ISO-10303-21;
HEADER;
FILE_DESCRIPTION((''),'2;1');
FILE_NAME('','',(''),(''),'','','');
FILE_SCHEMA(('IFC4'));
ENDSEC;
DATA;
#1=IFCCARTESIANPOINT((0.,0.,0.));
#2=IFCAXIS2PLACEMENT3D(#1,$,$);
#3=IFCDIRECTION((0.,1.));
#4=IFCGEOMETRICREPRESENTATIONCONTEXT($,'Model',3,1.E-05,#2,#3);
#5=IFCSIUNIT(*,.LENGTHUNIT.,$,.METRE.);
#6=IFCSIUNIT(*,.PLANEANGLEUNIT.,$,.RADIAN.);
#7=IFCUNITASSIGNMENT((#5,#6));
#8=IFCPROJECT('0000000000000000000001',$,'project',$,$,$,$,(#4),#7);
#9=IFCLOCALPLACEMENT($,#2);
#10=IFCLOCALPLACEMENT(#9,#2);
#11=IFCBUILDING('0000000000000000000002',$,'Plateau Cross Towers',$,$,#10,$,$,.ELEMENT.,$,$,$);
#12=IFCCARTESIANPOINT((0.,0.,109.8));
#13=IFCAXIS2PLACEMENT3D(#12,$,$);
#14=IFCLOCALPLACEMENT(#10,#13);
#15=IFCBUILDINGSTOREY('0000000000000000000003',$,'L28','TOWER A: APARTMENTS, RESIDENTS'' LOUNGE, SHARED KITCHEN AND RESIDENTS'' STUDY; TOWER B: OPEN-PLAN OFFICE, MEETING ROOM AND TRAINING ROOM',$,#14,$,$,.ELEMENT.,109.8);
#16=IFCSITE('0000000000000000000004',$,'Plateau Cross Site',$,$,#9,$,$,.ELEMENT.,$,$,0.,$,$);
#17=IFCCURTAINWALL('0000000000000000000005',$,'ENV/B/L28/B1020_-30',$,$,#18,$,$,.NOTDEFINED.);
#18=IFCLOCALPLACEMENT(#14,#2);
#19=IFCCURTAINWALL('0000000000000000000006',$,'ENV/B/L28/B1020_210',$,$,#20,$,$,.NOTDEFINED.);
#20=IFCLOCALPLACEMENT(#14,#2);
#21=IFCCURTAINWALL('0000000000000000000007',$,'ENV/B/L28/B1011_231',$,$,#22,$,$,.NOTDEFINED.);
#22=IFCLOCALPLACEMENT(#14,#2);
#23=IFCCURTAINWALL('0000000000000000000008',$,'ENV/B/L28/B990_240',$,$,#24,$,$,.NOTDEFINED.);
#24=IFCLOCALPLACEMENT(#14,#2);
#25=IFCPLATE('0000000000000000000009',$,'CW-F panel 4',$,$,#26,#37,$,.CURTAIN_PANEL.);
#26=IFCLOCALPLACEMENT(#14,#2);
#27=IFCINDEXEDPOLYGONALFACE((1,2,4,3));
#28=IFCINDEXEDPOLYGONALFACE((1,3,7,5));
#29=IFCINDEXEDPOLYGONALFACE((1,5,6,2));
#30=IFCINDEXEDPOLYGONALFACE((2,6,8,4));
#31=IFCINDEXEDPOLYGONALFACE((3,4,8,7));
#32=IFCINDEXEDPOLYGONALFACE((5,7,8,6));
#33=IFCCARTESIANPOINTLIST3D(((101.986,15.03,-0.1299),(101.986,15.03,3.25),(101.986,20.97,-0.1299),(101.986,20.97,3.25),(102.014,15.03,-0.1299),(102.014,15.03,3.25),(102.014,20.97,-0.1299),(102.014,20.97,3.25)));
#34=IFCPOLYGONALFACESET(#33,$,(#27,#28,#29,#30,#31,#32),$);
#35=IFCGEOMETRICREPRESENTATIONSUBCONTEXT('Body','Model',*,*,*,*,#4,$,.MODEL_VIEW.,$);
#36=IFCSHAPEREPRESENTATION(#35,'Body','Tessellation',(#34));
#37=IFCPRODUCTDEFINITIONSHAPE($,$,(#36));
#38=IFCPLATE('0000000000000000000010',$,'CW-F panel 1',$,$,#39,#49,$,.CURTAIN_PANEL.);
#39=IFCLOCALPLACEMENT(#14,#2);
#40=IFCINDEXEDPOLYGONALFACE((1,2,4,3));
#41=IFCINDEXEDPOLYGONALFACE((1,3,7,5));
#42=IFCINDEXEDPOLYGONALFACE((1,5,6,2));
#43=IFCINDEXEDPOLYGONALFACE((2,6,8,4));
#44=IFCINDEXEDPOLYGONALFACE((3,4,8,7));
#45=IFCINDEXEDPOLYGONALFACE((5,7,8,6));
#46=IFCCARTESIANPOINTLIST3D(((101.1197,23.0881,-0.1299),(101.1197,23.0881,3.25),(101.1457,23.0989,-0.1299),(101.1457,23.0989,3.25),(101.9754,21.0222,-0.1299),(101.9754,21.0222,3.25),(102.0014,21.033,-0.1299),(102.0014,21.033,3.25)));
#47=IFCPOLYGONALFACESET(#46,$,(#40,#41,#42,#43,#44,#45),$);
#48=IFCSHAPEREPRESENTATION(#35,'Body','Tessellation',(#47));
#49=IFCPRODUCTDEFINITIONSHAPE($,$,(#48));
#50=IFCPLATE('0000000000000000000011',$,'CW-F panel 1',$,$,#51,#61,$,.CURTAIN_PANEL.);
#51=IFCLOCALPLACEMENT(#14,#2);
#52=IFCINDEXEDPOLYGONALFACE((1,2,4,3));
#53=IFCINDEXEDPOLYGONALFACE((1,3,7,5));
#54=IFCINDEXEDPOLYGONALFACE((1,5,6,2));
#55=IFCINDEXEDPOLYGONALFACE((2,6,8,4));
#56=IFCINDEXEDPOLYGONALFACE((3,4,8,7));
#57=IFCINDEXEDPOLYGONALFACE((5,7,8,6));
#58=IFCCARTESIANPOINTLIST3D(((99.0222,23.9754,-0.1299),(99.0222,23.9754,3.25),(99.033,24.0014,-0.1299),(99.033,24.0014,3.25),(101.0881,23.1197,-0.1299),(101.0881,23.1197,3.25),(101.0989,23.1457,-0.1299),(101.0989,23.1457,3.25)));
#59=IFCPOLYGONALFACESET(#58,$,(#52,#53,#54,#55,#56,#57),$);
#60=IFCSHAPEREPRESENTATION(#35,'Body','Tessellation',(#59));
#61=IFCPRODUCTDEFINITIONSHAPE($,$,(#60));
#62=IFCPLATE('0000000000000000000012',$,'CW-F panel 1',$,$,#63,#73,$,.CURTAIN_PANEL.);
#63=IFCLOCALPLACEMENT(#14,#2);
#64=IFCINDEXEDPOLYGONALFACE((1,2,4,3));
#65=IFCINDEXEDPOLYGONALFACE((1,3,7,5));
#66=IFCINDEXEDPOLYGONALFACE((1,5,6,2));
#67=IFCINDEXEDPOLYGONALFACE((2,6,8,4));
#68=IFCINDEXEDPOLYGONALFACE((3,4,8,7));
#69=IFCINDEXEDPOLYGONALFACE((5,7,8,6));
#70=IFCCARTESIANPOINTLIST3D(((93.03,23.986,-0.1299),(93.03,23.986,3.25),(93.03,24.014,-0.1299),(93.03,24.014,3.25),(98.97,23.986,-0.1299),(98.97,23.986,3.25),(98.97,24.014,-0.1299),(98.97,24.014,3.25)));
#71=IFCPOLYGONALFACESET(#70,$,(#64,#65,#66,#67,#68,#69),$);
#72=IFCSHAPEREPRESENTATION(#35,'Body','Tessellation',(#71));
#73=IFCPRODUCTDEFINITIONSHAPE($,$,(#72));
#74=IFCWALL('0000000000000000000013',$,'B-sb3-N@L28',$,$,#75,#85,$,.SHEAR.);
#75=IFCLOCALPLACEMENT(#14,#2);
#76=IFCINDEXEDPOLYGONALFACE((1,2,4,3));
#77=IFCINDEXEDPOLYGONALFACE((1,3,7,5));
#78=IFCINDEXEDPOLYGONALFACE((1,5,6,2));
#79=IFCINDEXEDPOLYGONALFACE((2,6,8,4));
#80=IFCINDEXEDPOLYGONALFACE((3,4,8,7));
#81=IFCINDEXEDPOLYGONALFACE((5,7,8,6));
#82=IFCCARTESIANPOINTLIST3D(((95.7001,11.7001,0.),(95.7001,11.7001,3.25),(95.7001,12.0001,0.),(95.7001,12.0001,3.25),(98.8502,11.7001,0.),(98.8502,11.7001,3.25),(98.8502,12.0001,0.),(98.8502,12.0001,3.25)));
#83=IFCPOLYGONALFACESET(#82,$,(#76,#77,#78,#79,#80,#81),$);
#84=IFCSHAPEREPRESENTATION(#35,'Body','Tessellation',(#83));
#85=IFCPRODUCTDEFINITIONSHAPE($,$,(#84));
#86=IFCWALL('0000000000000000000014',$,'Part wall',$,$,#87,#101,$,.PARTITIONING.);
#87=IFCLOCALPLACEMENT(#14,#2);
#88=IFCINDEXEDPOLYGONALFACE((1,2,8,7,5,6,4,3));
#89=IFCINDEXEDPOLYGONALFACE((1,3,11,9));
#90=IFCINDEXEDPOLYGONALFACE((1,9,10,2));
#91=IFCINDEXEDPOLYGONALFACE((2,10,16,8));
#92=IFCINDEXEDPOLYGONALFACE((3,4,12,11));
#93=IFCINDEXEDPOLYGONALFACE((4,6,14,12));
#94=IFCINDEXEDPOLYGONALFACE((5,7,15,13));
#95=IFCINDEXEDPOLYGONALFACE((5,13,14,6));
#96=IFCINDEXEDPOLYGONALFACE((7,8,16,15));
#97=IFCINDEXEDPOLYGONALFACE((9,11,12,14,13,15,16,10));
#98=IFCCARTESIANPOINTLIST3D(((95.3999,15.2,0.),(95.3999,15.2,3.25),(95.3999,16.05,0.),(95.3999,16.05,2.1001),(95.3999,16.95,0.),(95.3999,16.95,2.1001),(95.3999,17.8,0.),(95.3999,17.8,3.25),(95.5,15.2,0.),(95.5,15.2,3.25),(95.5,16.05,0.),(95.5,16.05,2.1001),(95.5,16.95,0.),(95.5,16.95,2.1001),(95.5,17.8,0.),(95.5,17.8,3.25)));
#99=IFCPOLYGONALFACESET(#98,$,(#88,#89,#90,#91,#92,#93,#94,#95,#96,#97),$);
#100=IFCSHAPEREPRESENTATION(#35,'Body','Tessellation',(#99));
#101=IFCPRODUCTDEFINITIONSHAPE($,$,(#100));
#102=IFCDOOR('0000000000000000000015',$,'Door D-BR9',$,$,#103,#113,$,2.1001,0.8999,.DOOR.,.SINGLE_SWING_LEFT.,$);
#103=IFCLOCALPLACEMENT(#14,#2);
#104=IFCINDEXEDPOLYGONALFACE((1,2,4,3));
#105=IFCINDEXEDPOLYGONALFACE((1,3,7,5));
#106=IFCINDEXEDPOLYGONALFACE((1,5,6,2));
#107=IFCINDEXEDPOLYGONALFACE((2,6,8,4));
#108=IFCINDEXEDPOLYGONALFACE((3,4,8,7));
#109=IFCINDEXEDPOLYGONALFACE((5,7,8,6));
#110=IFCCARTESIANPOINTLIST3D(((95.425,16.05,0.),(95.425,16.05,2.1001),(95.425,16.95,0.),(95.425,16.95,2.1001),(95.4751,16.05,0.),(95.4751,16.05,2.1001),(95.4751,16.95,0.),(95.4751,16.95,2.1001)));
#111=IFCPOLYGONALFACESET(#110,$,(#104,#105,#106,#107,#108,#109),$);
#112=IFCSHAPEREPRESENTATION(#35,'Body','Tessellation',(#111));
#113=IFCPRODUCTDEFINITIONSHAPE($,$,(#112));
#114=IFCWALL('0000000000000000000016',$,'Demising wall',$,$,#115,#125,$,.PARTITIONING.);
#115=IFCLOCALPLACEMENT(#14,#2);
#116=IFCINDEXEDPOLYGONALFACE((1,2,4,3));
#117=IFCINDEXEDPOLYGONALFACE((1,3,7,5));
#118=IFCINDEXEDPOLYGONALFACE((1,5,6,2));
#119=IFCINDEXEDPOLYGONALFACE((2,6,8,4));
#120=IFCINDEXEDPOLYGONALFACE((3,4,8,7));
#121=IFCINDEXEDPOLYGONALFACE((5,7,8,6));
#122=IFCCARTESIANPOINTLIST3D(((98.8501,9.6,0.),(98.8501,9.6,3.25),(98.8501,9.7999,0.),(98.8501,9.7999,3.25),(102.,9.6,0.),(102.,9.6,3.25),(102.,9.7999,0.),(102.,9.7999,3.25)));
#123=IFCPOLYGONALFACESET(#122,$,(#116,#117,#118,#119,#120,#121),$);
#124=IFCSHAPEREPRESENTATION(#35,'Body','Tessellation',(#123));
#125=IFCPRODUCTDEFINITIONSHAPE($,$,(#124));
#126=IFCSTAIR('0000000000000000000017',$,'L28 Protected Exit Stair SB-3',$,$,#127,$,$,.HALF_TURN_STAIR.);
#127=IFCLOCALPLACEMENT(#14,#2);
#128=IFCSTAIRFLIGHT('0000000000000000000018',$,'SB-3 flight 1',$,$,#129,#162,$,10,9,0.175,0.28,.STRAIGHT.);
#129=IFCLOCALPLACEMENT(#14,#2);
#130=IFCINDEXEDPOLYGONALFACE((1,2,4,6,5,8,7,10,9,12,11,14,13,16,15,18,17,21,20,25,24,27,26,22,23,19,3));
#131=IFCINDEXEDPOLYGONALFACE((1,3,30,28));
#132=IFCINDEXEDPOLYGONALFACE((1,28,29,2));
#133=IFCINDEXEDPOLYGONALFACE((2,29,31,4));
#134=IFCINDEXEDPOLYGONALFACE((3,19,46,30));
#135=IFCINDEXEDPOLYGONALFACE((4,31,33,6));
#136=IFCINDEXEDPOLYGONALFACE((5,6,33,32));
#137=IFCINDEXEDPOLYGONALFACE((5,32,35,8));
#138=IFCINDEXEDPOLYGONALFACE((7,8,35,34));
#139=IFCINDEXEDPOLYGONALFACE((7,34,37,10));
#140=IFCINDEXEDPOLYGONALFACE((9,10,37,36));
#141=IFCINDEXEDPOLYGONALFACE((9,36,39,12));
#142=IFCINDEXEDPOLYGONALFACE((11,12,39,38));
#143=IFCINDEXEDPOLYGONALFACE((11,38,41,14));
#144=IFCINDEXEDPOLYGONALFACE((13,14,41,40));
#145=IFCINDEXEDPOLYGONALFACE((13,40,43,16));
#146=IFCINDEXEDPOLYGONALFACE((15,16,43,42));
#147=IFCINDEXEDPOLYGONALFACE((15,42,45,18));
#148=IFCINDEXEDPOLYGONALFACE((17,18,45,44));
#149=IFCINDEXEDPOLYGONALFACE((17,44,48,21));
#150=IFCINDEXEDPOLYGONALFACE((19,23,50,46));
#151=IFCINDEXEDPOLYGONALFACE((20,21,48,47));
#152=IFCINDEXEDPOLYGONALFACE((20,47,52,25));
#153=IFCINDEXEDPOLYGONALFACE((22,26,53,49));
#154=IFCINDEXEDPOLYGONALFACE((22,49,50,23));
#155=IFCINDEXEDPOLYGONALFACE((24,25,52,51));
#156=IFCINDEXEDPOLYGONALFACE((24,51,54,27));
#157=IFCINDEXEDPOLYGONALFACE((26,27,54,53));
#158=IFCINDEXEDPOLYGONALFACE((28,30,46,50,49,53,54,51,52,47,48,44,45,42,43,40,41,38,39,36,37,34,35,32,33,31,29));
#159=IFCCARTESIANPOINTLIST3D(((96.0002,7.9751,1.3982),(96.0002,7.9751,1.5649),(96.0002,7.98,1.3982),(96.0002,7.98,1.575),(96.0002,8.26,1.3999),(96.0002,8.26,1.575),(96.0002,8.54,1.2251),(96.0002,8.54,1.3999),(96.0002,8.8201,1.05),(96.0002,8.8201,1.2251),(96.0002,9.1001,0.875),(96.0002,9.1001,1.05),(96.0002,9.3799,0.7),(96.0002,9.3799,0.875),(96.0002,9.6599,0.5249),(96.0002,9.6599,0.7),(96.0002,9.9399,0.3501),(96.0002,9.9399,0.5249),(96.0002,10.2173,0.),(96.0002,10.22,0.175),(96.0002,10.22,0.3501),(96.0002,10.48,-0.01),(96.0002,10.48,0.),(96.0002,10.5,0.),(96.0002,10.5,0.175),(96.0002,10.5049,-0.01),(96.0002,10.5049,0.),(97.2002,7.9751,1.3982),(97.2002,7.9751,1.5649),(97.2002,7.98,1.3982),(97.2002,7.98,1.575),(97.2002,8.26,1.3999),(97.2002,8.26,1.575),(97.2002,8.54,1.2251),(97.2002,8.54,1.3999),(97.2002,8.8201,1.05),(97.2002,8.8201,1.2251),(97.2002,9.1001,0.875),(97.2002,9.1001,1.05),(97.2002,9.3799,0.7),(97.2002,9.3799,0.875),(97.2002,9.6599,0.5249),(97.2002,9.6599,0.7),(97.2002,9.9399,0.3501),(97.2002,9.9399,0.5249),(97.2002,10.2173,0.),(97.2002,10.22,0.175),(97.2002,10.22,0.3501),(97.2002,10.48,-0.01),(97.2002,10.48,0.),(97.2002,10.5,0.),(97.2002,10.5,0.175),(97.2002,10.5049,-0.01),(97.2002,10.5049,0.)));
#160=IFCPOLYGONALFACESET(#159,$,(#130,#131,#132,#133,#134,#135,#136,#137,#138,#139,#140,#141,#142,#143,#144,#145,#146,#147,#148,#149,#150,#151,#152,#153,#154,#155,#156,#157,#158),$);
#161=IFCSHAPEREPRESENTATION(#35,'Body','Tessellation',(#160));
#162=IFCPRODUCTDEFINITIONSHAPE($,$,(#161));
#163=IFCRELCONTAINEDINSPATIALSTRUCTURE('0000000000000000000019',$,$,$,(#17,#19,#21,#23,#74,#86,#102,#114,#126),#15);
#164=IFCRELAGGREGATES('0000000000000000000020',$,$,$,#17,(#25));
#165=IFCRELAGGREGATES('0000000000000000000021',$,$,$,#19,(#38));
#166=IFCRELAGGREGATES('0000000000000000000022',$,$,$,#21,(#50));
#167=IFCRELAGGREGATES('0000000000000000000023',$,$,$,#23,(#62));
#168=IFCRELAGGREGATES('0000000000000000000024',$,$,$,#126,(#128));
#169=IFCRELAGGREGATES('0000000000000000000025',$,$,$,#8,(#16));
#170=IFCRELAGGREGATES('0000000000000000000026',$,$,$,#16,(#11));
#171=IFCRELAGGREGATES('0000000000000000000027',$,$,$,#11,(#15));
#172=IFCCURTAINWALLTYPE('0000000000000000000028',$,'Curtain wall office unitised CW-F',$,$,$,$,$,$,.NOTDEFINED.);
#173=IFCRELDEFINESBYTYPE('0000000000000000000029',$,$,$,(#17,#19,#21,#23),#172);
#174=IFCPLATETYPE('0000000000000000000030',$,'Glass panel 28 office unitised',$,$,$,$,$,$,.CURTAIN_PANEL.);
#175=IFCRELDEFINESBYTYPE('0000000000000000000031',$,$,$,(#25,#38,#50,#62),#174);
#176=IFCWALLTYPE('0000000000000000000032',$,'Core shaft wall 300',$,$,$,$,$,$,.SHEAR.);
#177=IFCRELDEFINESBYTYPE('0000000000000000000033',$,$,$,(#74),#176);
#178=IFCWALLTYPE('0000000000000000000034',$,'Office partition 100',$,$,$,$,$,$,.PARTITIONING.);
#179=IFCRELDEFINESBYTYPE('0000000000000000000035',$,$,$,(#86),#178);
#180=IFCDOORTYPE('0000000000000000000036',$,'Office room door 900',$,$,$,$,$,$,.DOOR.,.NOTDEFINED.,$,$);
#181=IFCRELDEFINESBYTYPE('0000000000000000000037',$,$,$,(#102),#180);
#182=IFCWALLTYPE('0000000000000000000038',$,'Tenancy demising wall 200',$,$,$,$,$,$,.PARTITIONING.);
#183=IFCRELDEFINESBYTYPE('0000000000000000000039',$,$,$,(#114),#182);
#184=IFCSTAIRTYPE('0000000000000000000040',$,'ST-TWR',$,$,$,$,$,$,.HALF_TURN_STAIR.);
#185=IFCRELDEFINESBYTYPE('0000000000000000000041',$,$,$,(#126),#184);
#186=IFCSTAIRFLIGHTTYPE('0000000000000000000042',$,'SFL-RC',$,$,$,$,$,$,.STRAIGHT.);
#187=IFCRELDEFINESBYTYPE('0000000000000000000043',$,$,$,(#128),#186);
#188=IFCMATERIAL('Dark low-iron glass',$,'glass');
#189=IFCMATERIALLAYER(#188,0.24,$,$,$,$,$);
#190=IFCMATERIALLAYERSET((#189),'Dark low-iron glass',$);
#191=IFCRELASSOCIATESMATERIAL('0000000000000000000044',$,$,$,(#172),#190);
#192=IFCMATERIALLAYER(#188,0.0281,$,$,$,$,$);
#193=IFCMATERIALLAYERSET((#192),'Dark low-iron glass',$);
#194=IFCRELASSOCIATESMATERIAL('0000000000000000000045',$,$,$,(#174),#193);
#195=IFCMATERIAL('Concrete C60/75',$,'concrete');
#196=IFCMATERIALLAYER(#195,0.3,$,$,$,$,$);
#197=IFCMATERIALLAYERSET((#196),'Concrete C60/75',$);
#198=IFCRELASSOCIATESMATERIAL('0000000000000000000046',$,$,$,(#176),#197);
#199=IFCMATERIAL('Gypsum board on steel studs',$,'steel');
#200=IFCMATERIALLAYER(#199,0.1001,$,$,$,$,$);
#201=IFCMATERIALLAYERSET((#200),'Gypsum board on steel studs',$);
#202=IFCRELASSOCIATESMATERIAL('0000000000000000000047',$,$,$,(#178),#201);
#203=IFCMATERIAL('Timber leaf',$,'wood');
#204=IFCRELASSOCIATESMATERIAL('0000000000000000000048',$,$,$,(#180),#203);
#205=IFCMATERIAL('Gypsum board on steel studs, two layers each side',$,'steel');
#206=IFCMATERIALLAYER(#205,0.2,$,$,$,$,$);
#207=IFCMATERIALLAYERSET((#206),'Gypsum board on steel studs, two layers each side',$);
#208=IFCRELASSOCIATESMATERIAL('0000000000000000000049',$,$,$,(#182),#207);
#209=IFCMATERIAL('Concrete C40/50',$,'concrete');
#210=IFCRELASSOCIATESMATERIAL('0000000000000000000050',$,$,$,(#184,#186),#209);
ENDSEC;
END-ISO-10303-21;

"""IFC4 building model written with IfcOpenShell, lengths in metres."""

from ifc_helpers import new_model, si_unit, direction, frame, frame_2d, origin, origin_2d, place, context, subcontext, project, spatial, polyline, rectangle, outline, extrude, material, layer, layer_set, type_object, element, fill, aggregate, save


model = new_model("IFC4")

# Units and contexts
model_context = context("Model", 3, precision=1e-05, world=origin(), true_north=direction((0.0, 1.0)))
body_context = subcontext(model_context, "Body", "Model", "MODEL_VIEW")
ifc_project = project(units=[si_unit("LENGTHUNIT", "METRE"), si_unit("PLANEANGLEUNIT", "RADIAN")], contexts=[model_context])

# Site, building, storey
site_placement = place(None, origin())
site = spatial("IfcSite", under=ifc_project, at=site_placement, Name="Plateau Cross Site", CompositionType="ELEMENT", RefElevation=0.0)
building_placement = place(site_placement, origin())
building = spatial("IfcBuilding", under=site, at=building_placement, Name="Plateau Cross Towers", CompositionType="ELEMENT")
storey_placement = place(building_placement, frame((0.0, 0.0, 109.8)))
storey = spatial("IfcBuildingStorey", under=building, at=storey_placement, Name="L28", Description="TOWER A: APARTMENTS, RESIDENTS' LOUNGE, SHARED KITCHEN AND RESIDENTS' STUDY; TOWER B: OPEN-PLAN OFFICE, MEETING ROOM AND TRAINING ROOM", CompositionType="ELEMENT", Elevation=109.8)

# Shared definitions
ifc_material_1 = material(Name="Concrete C60/75", Category="concrete")

# Curtain wall
ifc_material_2 = material(Name="Dark low-iron glass", Category="glass")
ifc_layer_1 = layer(ifc_material_2, 0.24)
ifc_layer_set_1 = layer_set([ifc_layer_1], Name="Dark low-iron glass")
curtain_wall_type = type_object("IfcCurtainWallType", Name="Curtain wall office unitised CW-F", PredefinedType="NOTDEFINED", material=ifc_layer_set_1)
curtain_wall_1_placement = place(storey_placement, origin())
curtain_wall_1 = element("IfcCurtainWall", 1, at=curtain_wall_1_placement, inside=storey, type_object=curtain_wall_type, Name="ENV/B/L28/B1020_-30", PredefinedType="NOTDEFINED")

# Curtain walls
curtain_wall_2_placement = place(storey_placement, origin())
curtain_wall_2 = element("IfcCurtainWall", 2, at=curtain_wall_2_placement, inside=storey, type_object=curtain_wall_type, Name="ENV/B/L28/B1020_210", PredefinedType="NOTDEFINED")
curtain_wall_3_placement = place(storey_placement, origin())
curtain_wall_3 = element("IfcCurtainWall", 3, at=curtain_wall_3_placement, inside=storey, type_object=curtain_wall_type, Name="ENV/B/L28/B1011_231", PredefinedType="NOTDEFINED")

# Curtain wall
curtain_wall_4_placement = place(storey_placement, origin())
curtain_wall_4 = element("IfcCurtainWall", 4, at=curtain_wall_4_placement, inside=storey, type_object=curtain_wall_type, Name="ENV/B/L28/B990_240", PredefinedType="NOTDEFINED")

# Plates
ifc_layer_2 = layer(ifc_material_2, 0.0281)
ifc_layer_set_2 = layer_set([ifc_layer_2], Name="Dark low-iron glass")
plate_type = type_object("IfcPlateType", Name="Glass panel 28 office unitised", PredefinedType="CURTAIN_PANEL", material=ifc_layer_set_2)
plate_1_placement = place(storey_placement, frame((102.0, 18.0, -0.1299), z_axis=(0.0, 0.0, 1.0), x_axis=(0.0, 1.0, 0.0)))
plate_1 = element("IfcPlate", 5, at=plate_1_placement, type_object=plate_type, Name="CW-F panel 4", PredefinedType="CURTAIN_PANEL", context=body_context, shape_type="SweptSolid", body=[
    extrude(rectangle(XDim=5.9399, YDim=0.0281, at=origin_2d()), origin(), (0.0, 0.0, 1.0), 3.3799),
])
aggregate(curtain_wall_1, [plate_1])
plate_2_placement = place(storey_placement, frame((101.5605, 22.0605, -0.1299), z_axis=(0.0, 0.0, 1.0), x_axis=(-0.382684, 0.923879, 0.0)))
plate_2 = element("IfcPlate", 6, at=plate_2_placement, type_object=plate_type, Name="CW-F panel 1", PredefinedType="CURTAIN_PANEL", context=body_context, shape_type="SweptSolid", body=[
    extrude(rectangle(XDim=2.2361, YDim=0.0281, at=origin_2d()), origin(), (0.0, 0.0, 1.0), 3.3799),
])
aggregate(curtain_wall_2, [plate_2])
plate_3_placement = place(storey_placement, frame((100.0605, 23.5605, -0.1299), z_axis=(0.0, 0.0, 1.0), x_axis=(-0.923879, 0.382684, 0.0)))
plate_3 = element("IfcPlate", 7, at=plate_3_placement, type_object=plate_type, Name="CW-F panel 1", PredefinedType="CURTAIN_PANEL", context=body_context, shape_type="SweptSolid", body=[
    extrude(rectangle(XDim=2.2361, YDim=0.0281, at=origin_2d()), origin(), (0.0, 0.0, 1.0), 3.3799),
])
aggregate(curtain_wall_3, [plate_3])
plate_4_placement = place(storey_placement, frame((96.0, 24.0, -0.1299), z_axis=(0.0, 0.0, 1.0), x_axis=(-1.0, 0.0, 0.0)))
plate_4 = element("IfcPlate", 8, at=plate_4_placement, type_object=plate_type, Name="CW-F panel 1", PredefinedType="CURTAIN_PANEL", context=body_context, shape_type="SweptSolid", body=[
    extrude(rectangle(XDim=5.9399, YDim=0.0281, at=origin_2d()), origin(), (0.0, 0.0, 1.0), 3.3799),
])
aggregate(curtain_wall_4, [plate_4])

# Wall
ifc_layer_3 = layer(ifc_material_1, 0.3)
ifc_layer_set_3 = layer_set([ifc_layer_3], Name="Concrete C60/75")
wall_type_1 = type_object("IfcWallType", Name="Core shaft wall 300", PredefinedType="SHEAR", material=ifc_layer_set_3)
wall_1_placement = place(storey_placement, frame((95.7, 11.8501, 0.0), z_axis=(0.0, 0.0, 1.0), x_axis=(1.0, 0.0, 0.0)))
element("IfcWall", 9, at=wall_1_placement, inside=storey, type_object=wall_type_1, Name="B-sb3-N@L28", PredefinedType="SHEAR", context=body_context, shape_type="SweptSolid", body=[
    extrude(rectangle(XDim=3.1501, YDim=0.3, at=frame_2d((1.5752, 0.0))), origin(), (0.0, 0.0, 1.0), 3.25),
])

# Wall, opening, door
ifc_material_3 = material(Name="Gypsum board on steel studs", Category="steel")
ifc_layer_4 = layer(ifc_material_3, 0.1001)
ifc_layer_set_4 = layer_set([ifc_layer_4], Name="Gypsum board on steel studs")
wall_type_2 = type_object("IfcWallType", Name="Office partition 100", PredefinedType="PARTITIONING", material=ifc_layer_set_4)
wall_2_placement = place(storey_placement, frame((95.45, 15.2, 0.0), z_axis=(0.0, 0.0, 1.0), x_axis=(0.0, 1.0, 0.0)))
wall_2 = element("IfcWall", 10, at=wall_2_placement, inside=storey, type_object=wall_type_2, Name="Part wall", PredefinedType="PARTITIONING", context=body_context, shape_type="SweptSolid", body=[
    extrude(rectangle(XDim=2.6001, YDim=0.1001, at=frame_2d((1.3, 0.0))), origin(), (0.0, 0.0, 1.0), 3.25),
])
opening_1_placement = place(wall_2_placement, frame((0.8501, 0.0, 0.0)))
opening_1 = element("IfcOpeningElement", 11, at=opening_1_placement, cuts=wall_2, PredefinedType="OPENING", context=body_context, shape_type="SweptSolid", body=[
    extrude(rectangle(XDim=0.8999, YDim=2.1001, at=frame_2d((0.45, 1.05))), frame((0.0, 0.0601, 0.0), z_axis=(0.0, -1.0, 0.0), x_axis=(1.0, 0.0, 0.0)), (0.0, 0.0, 1.0), 0.1201),
])
ifc_material_4 = material(Name="Timber leaf", Category="wood")
door_type_1 = type_object("IfcDoorType", Name="Office room door 900", OperationType="NOTDEFINED", PredefinedType="DOOR", material=ifc_material_4)
door_1_placement = place(opening_1_placement, origin())
door_1 = element("IfcDoor", 12, at=door_1_placement, inside=storey, type_object=door_type_1, Name="Door D-BR9", OperationType="SINGLE_SWING_LEFT", OverallHeight=2.1001, OverallWidth=0.8999, PredefinedType="DOOR", context=body_context, shape_type="SweptSolid", body=[
    extrude(rectangle(XDim=0.8999, YDim=2.1001, at=frame_2d((0.45, 1.05))), frame((0.0, 0.0249, 0.0), z_axis=(0.0, -1.0, 0.0), x_axis=(1.0, 0.0, 0.0)), (0.0, 0.0, 1.0), 0.05),
])
fill(opening_1, door_1)

# Wall
ifc_material_5 = material(Name="Gypsum board on steel studs, two layers each side", Category="steel")
ifc_layer_5 = layer(ifc_material_5, 0.2)
ifc_layer_set_5 = layer_set([ifc_layer_5], Name="Gypsum board on steel studs, two layers each side")
wall_type_3 = type_object("IfcWallType", Name="Tenancy demising wall 200", PredefinedType="PARTITIONING", material=ifc_layer_set_5)
wall_3_placement = place(storey_placement, frame((98.8501, 9.7, 0.0), z_axis=(0.0, 0.0, 1.0), x_axis=(1.0, 0.0, 0.0)))
element("IfcWall", 13, at=wall_3_placement, inside=storey, type_object=wall_type_3, Name="Demising wall", PredefinedType="PARTITIONING", context=body_context, shape_type="SweptSolid", body=[
    extrude(rectangle(XDim=3.1499, YDim=0.2, at=frame_2d((1.575, 0.0))), origin(), (0.0, 0.0, 1.0), 3.25),
])

# Stair, stair flight
ifc_material_6 = material(Name="Concrete C40/50", Category="concrete")
stair_type = type_object("IfcStairType", Name="ST-TWR", PredefinedType="HALF_TURN_STAIR", material=ifc_material_6)
stair_placement = place(storey_placement, origin())
stair = element("IfcStair", 14, at=stair_placement, inside=storey, type_object=stair_type, Name="L28 Protected Exit Stair SB-3", PredefinedType="HALF_TURN_STAIR")
stair_flight_type = type_object("IfcStairFlightType", Name="SFL-RC", PredefinedType="STRAIGHT", material=ifc_material_6)
stair_flight_1_placement = place(storey_placement, frame((96.6001, 10.5, 0.0), z_axis=(0.0, 0.0, 1.0), x_axis=(0.0, -1.0, 0.0)))
stair_flight_1 = element("IfcStairFlight", 15, at=stair_flight_1_placement, type_object=stair_flight_type, Name="SB-3 flight 1", NumberOfRisers=10, NumberOfTreads=9, PredefinedType="STRAIGHT", RiserHeight=0.175, TreadLength=0.28, context=body_context, shape_type="SweptSolid", body=[
    extrude(outline(polyline([(-0.0049, -0.01), (-0.0049, 0.0), (0.0, 0.0), (0.0, 0.175), (0.28, 0.175), (0.28, 0.3501), (0.5601, 0.3501), (0.5601, 0.5249), (0.8401, 0.5249), (0.8401, 0.7), (1.1201, 0.7), (1.1201, 0.875), (1.3999, 0.875), (1.3999, 1.05), (1.6799, 1.05), (1.6799, 1.2251), (1.96, 1.2251), (1.96, 1.3999), (2.24, 1.3999), (2.24, 1.575), (2.52, 1.575), (2.5249, 1.5649), (2.5249, 1.3982), (2.52, 1.3982), (0.2827, 0.0), (0.02, 0.0), (0.02, -0.01), (-0.0049, -0.01)])), frame((0.0, 0.6001, 0.0), z_axis=(0.0, -1.0, 0.0), x_axis=(1.0, 0.0, 0.0)), (0.0, 0.0, 1.0), 1.2),
])
aggregate(stair, [stair_flight_1])

save(model, "model.ifc")
